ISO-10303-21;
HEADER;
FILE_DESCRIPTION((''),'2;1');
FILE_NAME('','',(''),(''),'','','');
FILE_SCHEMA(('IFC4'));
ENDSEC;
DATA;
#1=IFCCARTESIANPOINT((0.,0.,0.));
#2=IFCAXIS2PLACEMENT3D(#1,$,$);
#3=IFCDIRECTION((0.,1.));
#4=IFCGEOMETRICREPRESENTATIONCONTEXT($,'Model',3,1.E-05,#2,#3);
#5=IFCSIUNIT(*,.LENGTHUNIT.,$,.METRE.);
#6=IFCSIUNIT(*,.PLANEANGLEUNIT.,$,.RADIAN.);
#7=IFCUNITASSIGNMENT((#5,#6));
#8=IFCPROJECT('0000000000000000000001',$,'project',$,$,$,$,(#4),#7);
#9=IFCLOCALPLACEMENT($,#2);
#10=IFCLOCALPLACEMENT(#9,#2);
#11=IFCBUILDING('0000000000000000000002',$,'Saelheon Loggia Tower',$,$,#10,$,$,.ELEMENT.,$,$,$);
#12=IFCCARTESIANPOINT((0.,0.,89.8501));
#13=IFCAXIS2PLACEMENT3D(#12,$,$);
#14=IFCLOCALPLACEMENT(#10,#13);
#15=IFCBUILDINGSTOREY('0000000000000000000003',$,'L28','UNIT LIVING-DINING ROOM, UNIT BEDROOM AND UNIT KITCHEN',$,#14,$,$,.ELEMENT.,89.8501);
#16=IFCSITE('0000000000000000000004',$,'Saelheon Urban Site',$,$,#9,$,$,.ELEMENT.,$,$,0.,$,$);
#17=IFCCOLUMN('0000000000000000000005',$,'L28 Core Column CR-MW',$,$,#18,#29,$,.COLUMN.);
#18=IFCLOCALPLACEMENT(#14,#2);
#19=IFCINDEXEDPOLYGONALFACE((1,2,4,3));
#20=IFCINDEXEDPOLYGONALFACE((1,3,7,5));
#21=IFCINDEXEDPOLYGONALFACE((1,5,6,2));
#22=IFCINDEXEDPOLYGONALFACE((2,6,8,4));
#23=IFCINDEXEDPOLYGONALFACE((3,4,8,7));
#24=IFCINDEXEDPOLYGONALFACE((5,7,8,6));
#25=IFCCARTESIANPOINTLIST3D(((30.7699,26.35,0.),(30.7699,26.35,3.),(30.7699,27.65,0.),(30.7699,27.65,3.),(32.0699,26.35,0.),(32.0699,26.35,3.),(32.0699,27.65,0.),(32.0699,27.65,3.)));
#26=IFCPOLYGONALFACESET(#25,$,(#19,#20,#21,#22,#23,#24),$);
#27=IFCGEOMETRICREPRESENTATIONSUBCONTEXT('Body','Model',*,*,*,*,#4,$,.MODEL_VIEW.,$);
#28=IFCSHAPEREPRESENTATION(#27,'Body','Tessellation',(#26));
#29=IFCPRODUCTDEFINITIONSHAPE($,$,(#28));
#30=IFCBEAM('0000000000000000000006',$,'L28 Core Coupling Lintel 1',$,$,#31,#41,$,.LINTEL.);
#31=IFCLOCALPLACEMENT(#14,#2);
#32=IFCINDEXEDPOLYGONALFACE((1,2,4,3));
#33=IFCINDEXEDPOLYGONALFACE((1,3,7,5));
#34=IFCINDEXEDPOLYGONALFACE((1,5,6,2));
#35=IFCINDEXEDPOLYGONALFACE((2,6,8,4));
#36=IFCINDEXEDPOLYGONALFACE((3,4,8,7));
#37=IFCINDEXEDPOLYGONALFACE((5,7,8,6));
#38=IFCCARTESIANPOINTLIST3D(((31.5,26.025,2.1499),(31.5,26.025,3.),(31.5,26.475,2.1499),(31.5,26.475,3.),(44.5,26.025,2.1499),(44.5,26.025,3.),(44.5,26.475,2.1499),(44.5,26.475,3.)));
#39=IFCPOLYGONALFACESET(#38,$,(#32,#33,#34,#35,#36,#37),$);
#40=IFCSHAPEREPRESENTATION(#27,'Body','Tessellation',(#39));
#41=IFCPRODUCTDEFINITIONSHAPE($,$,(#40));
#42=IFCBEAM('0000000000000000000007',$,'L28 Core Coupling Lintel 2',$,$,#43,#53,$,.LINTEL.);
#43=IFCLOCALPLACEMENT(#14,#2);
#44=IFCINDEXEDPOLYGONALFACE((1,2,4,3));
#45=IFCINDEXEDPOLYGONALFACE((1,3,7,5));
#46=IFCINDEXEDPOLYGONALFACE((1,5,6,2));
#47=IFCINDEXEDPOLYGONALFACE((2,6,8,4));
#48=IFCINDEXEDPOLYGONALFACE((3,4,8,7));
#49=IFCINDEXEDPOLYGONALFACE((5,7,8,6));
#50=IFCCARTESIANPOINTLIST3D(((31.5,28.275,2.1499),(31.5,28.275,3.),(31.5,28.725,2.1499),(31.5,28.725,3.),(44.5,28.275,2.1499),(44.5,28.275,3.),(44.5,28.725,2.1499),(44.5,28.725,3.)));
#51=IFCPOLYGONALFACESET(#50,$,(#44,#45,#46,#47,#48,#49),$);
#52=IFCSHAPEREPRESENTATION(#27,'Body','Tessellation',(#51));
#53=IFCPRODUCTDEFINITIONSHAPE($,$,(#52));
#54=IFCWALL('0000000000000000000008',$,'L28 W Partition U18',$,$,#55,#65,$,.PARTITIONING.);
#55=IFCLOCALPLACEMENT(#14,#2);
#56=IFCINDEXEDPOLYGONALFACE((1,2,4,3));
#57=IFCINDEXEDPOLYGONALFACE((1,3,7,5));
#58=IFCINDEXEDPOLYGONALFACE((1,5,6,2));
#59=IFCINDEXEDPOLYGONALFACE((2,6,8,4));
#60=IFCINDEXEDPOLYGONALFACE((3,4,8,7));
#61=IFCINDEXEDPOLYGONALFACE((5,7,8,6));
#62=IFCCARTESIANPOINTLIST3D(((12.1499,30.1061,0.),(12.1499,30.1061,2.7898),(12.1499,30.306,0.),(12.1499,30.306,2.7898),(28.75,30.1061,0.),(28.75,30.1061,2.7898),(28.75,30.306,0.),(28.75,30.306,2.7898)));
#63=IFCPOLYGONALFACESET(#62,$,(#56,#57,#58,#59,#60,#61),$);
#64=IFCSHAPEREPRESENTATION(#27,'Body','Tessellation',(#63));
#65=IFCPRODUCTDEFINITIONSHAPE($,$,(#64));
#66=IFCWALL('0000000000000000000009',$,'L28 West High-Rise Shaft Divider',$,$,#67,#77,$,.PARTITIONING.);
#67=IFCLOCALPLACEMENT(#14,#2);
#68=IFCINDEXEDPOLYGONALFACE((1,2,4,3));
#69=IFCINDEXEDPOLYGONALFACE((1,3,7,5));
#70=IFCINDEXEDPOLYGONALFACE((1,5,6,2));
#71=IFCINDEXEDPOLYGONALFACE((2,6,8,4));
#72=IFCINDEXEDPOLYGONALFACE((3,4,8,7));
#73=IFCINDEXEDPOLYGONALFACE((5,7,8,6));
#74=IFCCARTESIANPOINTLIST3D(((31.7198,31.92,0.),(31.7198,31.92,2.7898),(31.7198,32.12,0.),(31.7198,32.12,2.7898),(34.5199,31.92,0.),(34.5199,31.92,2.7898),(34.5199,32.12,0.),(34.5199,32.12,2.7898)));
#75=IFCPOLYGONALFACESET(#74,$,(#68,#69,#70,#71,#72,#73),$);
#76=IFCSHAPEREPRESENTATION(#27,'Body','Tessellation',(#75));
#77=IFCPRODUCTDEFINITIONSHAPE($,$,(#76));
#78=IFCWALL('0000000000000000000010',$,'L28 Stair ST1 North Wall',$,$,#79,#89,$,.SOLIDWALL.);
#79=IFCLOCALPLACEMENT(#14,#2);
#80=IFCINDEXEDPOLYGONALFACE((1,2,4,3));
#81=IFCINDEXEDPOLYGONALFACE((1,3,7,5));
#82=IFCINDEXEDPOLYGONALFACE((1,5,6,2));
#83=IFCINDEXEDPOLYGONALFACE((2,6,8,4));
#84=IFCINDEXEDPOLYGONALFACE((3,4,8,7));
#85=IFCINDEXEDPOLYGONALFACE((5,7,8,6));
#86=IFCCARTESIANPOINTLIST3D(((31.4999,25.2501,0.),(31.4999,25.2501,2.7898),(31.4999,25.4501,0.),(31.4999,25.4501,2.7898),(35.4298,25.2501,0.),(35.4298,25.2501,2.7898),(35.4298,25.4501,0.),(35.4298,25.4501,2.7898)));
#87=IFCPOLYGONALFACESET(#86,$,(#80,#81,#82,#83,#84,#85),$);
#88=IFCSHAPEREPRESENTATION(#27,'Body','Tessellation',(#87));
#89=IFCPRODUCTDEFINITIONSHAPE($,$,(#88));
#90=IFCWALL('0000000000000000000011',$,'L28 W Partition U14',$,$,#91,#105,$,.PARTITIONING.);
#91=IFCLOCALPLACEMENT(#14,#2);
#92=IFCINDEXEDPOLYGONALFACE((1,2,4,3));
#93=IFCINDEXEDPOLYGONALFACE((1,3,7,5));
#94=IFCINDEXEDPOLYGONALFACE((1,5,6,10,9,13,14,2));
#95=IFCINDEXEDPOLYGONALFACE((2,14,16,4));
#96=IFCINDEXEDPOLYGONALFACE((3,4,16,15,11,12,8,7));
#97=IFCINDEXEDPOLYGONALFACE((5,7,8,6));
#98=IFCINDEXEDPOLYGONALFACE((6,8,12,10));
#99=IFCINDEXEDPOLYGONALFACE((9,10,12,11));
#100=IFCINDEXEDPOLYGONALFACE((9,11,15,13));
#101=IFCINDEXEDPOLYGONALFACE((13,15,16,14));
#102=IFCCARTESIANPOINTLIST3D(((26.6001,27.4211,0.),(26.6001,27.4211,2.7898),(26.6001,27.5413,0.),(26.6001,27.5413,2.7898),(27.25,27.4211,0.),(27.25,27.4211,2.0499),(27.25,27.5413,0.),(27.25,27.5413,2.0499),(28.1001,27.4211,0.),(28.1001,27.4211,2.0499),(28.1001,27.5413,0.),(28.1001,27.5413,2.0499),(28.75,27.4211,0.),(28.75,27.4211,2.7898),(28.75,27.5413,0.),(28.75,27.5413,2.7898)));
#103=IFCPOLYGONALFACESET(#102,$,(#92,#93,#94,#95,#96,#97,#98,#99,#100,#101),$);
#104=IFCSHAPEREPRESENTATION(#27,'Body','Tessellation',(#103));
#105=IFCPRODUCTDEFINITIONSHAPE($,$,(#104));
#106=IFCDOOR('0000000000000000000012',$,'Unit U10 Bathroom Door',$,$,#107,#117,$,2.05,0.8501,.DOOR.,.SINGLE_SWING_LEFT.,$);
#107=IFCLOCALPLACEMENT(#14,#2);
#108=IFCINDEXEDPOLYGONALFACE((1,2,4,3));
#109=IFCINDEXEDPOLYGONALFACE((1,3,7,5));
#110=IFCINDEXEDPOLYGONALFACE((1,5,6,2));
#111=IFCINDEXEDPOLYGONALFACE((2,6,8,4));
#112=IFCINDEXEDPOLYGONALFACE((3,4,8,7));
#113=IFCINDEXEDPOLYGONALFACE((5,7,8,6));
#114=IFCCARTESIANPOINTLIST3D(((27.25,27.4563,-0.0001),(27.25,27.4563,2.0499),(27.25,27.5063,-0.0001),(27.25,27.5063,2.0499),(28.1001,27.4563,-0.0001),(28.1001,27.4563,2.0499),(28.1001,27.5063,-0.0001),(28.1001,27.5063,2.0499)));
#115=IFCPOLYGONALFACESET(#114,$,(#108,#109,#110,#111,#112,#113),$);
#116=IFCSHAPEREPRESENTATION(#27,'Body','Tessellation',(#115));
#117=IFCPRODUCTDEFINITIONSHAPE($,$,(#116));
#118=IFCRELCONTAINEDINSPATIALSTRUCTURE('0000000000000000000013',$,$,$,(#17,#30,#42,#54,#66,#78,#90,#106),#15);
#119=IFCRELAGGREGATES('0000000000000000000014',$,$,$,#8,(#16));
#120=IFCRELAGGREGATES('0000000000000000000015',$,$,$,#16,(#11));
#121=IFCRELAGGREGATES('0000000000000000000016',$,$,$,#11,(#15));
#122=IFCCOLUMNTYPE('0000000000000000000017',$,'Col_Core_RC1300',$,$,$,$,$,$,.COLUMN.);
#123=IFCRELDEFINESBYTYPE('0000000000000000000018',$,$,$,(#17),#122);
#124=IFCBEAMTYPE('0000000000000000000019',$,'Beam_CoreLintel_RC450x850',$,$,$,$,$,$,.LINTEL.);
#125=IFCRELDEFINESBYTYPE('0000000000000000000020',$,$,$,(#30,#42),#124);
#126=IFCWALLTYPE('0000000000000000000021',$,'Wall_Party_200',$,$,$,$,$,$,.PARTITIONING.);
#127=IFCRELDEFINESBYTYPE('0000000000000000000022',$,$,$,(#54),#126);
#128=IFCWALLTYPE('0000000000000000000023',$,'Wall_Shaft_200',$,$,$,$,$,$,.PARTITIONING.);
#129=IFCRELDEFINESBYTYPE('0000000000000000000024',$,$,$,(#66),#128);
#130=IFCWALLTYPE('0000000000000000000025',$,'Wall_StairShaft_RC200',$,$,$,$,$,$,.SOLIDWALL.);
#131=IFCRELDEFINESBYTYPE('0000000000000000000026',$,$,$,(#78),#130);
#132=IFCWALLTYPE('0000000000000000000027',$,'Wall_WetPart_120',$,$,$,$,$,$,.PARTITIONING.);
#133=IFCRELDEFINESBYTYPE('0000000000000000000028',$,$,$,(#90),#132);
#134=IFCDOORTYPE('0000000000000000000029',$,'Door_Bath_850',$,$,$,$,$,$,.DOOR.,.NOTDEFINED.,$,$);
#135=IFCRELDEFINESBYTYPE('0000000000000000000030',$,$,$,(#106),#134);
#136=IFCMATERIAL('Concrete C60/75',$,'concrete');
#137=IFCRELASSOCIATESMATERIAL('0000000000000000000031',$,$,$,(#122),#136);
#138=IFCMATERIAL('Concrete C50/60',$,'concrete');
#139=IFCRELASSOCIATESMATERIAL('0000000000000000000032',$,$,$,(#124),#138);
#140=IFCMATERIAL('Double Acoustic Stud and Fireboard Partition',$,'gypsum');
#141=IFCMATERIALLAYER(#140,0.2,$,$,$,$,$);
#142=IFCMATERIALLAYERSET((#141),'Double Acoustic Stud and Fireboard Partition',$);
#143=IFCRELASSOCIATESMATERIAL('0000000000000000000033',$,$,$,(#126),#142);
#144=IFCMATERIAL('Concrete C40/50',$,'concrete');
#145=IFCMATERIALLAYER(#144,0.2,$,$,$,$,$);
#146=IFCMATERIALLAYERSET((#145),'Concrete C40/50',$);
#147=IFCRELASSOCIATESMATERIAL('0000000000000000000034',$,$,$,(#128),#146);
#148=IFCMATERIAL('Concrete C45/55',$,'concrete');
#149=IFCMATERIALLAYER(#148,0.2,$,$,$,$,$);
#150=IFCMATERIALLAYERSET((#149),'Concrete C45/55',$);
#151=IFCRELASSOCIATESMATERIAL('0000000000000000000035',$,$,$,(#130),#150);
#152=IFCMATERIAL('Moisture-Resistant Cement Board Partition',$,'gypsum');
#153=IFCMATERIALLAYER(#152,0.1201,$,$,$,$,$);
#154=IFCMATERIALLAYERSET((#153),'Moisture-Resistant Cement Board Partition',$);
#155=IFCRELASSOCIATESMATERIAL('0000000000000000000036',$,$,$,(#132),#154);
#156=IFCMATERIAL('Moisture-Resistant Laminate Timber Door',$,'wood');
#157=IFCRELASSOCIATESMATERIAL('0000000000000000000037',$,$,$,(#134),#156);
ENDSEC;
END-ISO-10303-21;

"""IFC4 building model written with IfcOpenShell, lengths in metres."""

from ifc_helpers import new_model, si_unit, direction, frame, frame_2d, origin, origin_2d, place, context, subcontext, project, spatial, rectangle, extrude, source, transform, mapped, material, layer, layer_set, material_profile, profile_set, type_object, element, fill, save


model = new_model("IFC4")

# Units and contexts
model_context = context("Model", 3, precision=1e-05, world=origin(), true_north=direction((0.0, 1.0)))
body_context = subcontext(model_context, "Body", "Model", "MODEL_VIEW")
ifc_project = project(units=[si_unit("LENGTHUNIT", "METRE"), si_unit("PLANEANGLEUNIT", "RADIAN")], contexts=[model_context])

# Site, building, storey
site_placement = place(None, origin())
site = spatial("IfcSite", under=ifc_project, at=site_placement, Name="Saelheon Urban Site", CompositionType="ELEMENT", RefElevation=0.0)
building_placement = place(site_placement, origin())
building = spatial("IfcBuilding", under=site, at=building_placement, Name="Saelheon Loggia Tower", CompositionType="ELEMENT")
storey_placement = place(building_placement, frame((0.0, 0.0, 89.8501)))
storey = spatial("IfcBuildingStorey", under=building, at=storey_placement, Name="L28", Description="UNIT LIVING-DINING ROOM, UNIT BEDROOM AND UNIT KITCHEN", CompositionType="ELEMENT", Elevation=89.8501)

# Column
ifc_material_1 = material(Name="Concrete C60/75", Category="concrete")
ifc_material_profile_1 = material_profile(ifc_material_1, rectangle(XDim=1.3, YDim=1.3, at=origin_2d()), Name="RC-1300x1300")
ifc_profile_set_1 = profile_set([ifc_material_profile_1], Name="Concrete C60/75")
column_type = type_object("IfcColumnType", Name="Col_Core_RC1300", PredefinedType="COLUMN", material=ifc_profile_set_1)
shared_shape_1 = source(origin(), body_context, "Body", "SweptSolid", [
    extrude(rectangle(XDim=1.3, YDim=1.3, at=origin_2d()), origin(), (0.0, 0.0, 1.0), 3.0),
])
column_placement = place(storey_placement, frame((31.4199, 27.0, 0.0), z_axis=(0.0, 0.0, 1.0), x_axis=(1.0, 0.0, 0.0)))
element("IfcColumn", 1, at=column_placement, inside=storey, type_object=column_type, Name="L28 Core Column CR-MW", PredefinedType="COLUMN", context=body_context, shape_type="MappedRepresentation", body=[
    mapped(shared_shape_1, transform((0.0, 0.0, 0.0), scale=1.0)),
])

# Beams
ifc_material_2 = material(Name="Concrete C50/60", Category="concrete")
ifc_material_profile_2 = material_profile(ifc_material_2, rectangle(XDim=0.45, YDim=0.8501, at=origin_2d()), Name="RC-450x850")
ifc_profile_set_2 = profile_set([ifc_material_profile_2], Name="Concrete C50/60")
beam_type = type_object("IfcBeamType", Name="Beam_CoreLintel_RC450x850", PredefinedType="LINTEL", material=ifc_profile_set_2)
shared_shape_2 = source(origin(), body_context, "Body", "SweptSolid", [
    extrude(rectangle(XDim=0.45, YDim=0.8501, at=origin_2d()), origin(), (0.0, 0.0, 1.0), 13.0),
])
for number, where, z_axis, x_axis, name in (
    (2, (31.5, 26.25, 2.575), (1.0, 0.0, 0.0), (0.0, 1.0, 0.0), "L28 Core Coupling Lintel 1"),
    (3, (31.5, 28.5, 2.575), (1.0, 0.0, 0.0), (0.0, 1.0, 0.0), "L28 Core Coupling Lintel 2"),
):
    element("IfcBeam", number, at=place(storey_placement, frame(where, z_axis=z_axis, x_axis=x_axis)), inside=storey, type_object=beam_type, Name=name, PredefinedType="LINTEL", context=body_context, shape_type="MappedRepresentation", body=[
        mapped(shared_shape_2, transform((0.0, 0.0, 0.0), scale=1.0)),
    ])

# Wall
ifc_material_3 = material(Name="Double Acoustic Stud and Fireboard Partition", Category="gypsum")
ifc_layer_1 = layer(ifc_material_3, 0.2)
ifc_layer_set_1 = layer_set([ifc_layer_1], Name="Double Acoustic Stud and Fireboard Partition")
wall_type_1 = type_object("IfcWallType", Name="Wall_Party_200", PredefinedType="PARTITIONING", material=ifc_layer_set_1)
wall_1_placement = place(storey_placement, frame((28.75, 30.2061, 0.0), z_axis=(0.0, 0.0, 1.0), x_axis=(-1.0, 0.0, 0.0)))
element("IfcWall", 4, at=wall_1_placement, inside=storey, type_object=wall_type_1, Name="L28 W Partition U18", PredefinedType="PARTITIONING", context=body_context, shape_type="SweptSolid", body=[
    extrude(rectangle(XDim=16.6001, YDim=0.2, at=frame_2d((8.3, 0.0))), origin(), (0.0, 0.0, 1.0), 2.7898),
])

# Shared definitions
ifc_material_4 = material(Name="Concrete C40/50", Category="concrete")
ifc_layer_2 = layer(ifc_material_4, 0.2)
ifc_layer_set_2 = layer_set([ifc_layer_2], Name="Concrete C40/50")
wall_type_2 = type_object("IfcWallType", Name="Wall_Shaft_200", PredefinedType="PARTITIONING", material=ifc_layer_set_2)

# Walls
wall_2_placement = place(storey_placement, frame((31.72, 32.02, 0.0), z_axis=(0.0, 0.0, 1.0), x_axis=(1.0, 0.0, 0.0)))
element("IfcWall", 5, at=wall_2_placement, inside=storey, type_object=wall_type_2, Name="L28 West High-Rise Shaft Divider", PredefinedType="PARTITIONING", context=body_context, shape_type="SweptSolid", body=[
    extrude(rectangle(XDim=2.8, YDim=0.2, at=frame_2d((1.3999, 0.0))), origin(), (0.0, 0.0, 1.0), 2.7898),
])
ifc_material_5 = material(Name="Concrete C45/55", Category="concrete")
ifc_layer_3 = layer(ifc_material_5, 0.2)
ifc_layer_set_3 = layer_set([ifc_layer_3], Name="Concrete C45/55")
wall_type_3 = type_object("IfcWallType", Name="Wall_StairShaft_RC200", PredefinedType="SOLIDWALL", material=ifc_layer_set_3)
wall_3_placement = place(storey_placement, frame((31.5, 25.3501, 0.0), z_axis=(0.0, 0.0, 1.0), x_axis=(1.0, 0.0, 0.0)))
element("IfcWall", 6, at=wall_3_placement, inside=storey, type_object=wall_type_3, Name="L28 Stair ST1 North Wall", PredefinedType="SOLIDWALL", context=body_context, shape_type="SweptSolid", body=[
    extrude(rectangle(XDim=3.9299, YDim=0.2, at=frame_2d((1.9648, 0.0))), origin(), (0.0, 0.0, 1.0), 2.7898),
])

# Wall, opening, door
ifc_material_6 = material(Name="Moisture-Resistant Cement Board Partition", Category="gypsum")
ifc_layer_4 = layer(ifc_material_6, 0.1201)
ifc_layer_set_4 = layer_set([ifc_layer_4], Name="Moisture-Resistant Cement Board Partition")
wall_type_4 = type_object("IfcWallType", Name="Wall_WetPart_120", PredefinedType="PARTITIONING", material=ifc_layer_set_4)
wall_4_placement = place(storey_placement, frame((28.75, 27.4812, 0.0), z_axis=(0.0, 0.0, 1.0), x_axis=(-1.0, 0.0, 0.0)))
wall_4 = element("IfcWall", 7, at=wall_4_placement, inside=storey, type_object=wall_type_4, Name="L28 W Partition U14", PredefinedType="PARTITIONING", context=body_context, shape_type="SweptSolid", body=[
    extrude(rectangle(XDim=2.1499, YDim=0.1201, at=frame_2d((1.075, 0.0))), origin(), (0.0, 0.0, 1.0), 2.7898),
])
opening_1_placement = place(wall_4_placement, frame((0.6499, 0.0, 0.0)))
opening_1 = element("IfcOpeningElement", 8, at=opening_1_placement, cuts=wall_4, PredefinedType="OPENING", context=body_context, shape_type="SweptSolid", body=[
    extrude(rectangle(XDim=0.8501, YDim=2.05, at=frame_2d((0.425, 1.0249))), frame((0.0, 0.072, 0.0), z_axis=(0.0, -1.0, 0.0), x_axis=(1.0, 0.0, 0.0)), (0.0, 0.0, 1.0), 0.144),
])
ifc_material_7 = material(Name="Moisture-Resistant Laminate Timber Door", Category="wood")
door_type_1 = type_object("IfcDoorType", Name="Door_Bath_850", OperationType="NOTDEFINED", PredefinedType="DOOR", material=ifc_material_7)
shared_shape_3 = source(origin(), body_context, "Body", "SweptSolid", [
    extrude(rectangle(XDim=0.8501, YDim=2.05, at=frame_2d((0.425, 1.0249))), frame((0.0, 0.0249, 0.0), z_axis=(0.0, -1.0, 0.0), x_axis=(1.0, 0.0, 0.0)), (0.0, 0.0, 1.0), 0.05),
])
door_1_placement = place(opening_1_placement, origin())
door_1 = element("IfcDoor", 9, at=door_1_placement, inside=storey, type_object=door_type_1, Name="Unit U10 Bathroom Door", OperationType="SINGLE_SWING_LEFT", OverallHeight=2.05, OverallWidth=0.8501, PredefinedType="DOOR", context=body_context, shape_type="MappedRepresentation", body=[
    mapped(shared_shape_3, transform((0.0, 0.0, 0.0), scale=1.0)),
])
fill(opening_1, door_1)

save(model, "model.ifc")
